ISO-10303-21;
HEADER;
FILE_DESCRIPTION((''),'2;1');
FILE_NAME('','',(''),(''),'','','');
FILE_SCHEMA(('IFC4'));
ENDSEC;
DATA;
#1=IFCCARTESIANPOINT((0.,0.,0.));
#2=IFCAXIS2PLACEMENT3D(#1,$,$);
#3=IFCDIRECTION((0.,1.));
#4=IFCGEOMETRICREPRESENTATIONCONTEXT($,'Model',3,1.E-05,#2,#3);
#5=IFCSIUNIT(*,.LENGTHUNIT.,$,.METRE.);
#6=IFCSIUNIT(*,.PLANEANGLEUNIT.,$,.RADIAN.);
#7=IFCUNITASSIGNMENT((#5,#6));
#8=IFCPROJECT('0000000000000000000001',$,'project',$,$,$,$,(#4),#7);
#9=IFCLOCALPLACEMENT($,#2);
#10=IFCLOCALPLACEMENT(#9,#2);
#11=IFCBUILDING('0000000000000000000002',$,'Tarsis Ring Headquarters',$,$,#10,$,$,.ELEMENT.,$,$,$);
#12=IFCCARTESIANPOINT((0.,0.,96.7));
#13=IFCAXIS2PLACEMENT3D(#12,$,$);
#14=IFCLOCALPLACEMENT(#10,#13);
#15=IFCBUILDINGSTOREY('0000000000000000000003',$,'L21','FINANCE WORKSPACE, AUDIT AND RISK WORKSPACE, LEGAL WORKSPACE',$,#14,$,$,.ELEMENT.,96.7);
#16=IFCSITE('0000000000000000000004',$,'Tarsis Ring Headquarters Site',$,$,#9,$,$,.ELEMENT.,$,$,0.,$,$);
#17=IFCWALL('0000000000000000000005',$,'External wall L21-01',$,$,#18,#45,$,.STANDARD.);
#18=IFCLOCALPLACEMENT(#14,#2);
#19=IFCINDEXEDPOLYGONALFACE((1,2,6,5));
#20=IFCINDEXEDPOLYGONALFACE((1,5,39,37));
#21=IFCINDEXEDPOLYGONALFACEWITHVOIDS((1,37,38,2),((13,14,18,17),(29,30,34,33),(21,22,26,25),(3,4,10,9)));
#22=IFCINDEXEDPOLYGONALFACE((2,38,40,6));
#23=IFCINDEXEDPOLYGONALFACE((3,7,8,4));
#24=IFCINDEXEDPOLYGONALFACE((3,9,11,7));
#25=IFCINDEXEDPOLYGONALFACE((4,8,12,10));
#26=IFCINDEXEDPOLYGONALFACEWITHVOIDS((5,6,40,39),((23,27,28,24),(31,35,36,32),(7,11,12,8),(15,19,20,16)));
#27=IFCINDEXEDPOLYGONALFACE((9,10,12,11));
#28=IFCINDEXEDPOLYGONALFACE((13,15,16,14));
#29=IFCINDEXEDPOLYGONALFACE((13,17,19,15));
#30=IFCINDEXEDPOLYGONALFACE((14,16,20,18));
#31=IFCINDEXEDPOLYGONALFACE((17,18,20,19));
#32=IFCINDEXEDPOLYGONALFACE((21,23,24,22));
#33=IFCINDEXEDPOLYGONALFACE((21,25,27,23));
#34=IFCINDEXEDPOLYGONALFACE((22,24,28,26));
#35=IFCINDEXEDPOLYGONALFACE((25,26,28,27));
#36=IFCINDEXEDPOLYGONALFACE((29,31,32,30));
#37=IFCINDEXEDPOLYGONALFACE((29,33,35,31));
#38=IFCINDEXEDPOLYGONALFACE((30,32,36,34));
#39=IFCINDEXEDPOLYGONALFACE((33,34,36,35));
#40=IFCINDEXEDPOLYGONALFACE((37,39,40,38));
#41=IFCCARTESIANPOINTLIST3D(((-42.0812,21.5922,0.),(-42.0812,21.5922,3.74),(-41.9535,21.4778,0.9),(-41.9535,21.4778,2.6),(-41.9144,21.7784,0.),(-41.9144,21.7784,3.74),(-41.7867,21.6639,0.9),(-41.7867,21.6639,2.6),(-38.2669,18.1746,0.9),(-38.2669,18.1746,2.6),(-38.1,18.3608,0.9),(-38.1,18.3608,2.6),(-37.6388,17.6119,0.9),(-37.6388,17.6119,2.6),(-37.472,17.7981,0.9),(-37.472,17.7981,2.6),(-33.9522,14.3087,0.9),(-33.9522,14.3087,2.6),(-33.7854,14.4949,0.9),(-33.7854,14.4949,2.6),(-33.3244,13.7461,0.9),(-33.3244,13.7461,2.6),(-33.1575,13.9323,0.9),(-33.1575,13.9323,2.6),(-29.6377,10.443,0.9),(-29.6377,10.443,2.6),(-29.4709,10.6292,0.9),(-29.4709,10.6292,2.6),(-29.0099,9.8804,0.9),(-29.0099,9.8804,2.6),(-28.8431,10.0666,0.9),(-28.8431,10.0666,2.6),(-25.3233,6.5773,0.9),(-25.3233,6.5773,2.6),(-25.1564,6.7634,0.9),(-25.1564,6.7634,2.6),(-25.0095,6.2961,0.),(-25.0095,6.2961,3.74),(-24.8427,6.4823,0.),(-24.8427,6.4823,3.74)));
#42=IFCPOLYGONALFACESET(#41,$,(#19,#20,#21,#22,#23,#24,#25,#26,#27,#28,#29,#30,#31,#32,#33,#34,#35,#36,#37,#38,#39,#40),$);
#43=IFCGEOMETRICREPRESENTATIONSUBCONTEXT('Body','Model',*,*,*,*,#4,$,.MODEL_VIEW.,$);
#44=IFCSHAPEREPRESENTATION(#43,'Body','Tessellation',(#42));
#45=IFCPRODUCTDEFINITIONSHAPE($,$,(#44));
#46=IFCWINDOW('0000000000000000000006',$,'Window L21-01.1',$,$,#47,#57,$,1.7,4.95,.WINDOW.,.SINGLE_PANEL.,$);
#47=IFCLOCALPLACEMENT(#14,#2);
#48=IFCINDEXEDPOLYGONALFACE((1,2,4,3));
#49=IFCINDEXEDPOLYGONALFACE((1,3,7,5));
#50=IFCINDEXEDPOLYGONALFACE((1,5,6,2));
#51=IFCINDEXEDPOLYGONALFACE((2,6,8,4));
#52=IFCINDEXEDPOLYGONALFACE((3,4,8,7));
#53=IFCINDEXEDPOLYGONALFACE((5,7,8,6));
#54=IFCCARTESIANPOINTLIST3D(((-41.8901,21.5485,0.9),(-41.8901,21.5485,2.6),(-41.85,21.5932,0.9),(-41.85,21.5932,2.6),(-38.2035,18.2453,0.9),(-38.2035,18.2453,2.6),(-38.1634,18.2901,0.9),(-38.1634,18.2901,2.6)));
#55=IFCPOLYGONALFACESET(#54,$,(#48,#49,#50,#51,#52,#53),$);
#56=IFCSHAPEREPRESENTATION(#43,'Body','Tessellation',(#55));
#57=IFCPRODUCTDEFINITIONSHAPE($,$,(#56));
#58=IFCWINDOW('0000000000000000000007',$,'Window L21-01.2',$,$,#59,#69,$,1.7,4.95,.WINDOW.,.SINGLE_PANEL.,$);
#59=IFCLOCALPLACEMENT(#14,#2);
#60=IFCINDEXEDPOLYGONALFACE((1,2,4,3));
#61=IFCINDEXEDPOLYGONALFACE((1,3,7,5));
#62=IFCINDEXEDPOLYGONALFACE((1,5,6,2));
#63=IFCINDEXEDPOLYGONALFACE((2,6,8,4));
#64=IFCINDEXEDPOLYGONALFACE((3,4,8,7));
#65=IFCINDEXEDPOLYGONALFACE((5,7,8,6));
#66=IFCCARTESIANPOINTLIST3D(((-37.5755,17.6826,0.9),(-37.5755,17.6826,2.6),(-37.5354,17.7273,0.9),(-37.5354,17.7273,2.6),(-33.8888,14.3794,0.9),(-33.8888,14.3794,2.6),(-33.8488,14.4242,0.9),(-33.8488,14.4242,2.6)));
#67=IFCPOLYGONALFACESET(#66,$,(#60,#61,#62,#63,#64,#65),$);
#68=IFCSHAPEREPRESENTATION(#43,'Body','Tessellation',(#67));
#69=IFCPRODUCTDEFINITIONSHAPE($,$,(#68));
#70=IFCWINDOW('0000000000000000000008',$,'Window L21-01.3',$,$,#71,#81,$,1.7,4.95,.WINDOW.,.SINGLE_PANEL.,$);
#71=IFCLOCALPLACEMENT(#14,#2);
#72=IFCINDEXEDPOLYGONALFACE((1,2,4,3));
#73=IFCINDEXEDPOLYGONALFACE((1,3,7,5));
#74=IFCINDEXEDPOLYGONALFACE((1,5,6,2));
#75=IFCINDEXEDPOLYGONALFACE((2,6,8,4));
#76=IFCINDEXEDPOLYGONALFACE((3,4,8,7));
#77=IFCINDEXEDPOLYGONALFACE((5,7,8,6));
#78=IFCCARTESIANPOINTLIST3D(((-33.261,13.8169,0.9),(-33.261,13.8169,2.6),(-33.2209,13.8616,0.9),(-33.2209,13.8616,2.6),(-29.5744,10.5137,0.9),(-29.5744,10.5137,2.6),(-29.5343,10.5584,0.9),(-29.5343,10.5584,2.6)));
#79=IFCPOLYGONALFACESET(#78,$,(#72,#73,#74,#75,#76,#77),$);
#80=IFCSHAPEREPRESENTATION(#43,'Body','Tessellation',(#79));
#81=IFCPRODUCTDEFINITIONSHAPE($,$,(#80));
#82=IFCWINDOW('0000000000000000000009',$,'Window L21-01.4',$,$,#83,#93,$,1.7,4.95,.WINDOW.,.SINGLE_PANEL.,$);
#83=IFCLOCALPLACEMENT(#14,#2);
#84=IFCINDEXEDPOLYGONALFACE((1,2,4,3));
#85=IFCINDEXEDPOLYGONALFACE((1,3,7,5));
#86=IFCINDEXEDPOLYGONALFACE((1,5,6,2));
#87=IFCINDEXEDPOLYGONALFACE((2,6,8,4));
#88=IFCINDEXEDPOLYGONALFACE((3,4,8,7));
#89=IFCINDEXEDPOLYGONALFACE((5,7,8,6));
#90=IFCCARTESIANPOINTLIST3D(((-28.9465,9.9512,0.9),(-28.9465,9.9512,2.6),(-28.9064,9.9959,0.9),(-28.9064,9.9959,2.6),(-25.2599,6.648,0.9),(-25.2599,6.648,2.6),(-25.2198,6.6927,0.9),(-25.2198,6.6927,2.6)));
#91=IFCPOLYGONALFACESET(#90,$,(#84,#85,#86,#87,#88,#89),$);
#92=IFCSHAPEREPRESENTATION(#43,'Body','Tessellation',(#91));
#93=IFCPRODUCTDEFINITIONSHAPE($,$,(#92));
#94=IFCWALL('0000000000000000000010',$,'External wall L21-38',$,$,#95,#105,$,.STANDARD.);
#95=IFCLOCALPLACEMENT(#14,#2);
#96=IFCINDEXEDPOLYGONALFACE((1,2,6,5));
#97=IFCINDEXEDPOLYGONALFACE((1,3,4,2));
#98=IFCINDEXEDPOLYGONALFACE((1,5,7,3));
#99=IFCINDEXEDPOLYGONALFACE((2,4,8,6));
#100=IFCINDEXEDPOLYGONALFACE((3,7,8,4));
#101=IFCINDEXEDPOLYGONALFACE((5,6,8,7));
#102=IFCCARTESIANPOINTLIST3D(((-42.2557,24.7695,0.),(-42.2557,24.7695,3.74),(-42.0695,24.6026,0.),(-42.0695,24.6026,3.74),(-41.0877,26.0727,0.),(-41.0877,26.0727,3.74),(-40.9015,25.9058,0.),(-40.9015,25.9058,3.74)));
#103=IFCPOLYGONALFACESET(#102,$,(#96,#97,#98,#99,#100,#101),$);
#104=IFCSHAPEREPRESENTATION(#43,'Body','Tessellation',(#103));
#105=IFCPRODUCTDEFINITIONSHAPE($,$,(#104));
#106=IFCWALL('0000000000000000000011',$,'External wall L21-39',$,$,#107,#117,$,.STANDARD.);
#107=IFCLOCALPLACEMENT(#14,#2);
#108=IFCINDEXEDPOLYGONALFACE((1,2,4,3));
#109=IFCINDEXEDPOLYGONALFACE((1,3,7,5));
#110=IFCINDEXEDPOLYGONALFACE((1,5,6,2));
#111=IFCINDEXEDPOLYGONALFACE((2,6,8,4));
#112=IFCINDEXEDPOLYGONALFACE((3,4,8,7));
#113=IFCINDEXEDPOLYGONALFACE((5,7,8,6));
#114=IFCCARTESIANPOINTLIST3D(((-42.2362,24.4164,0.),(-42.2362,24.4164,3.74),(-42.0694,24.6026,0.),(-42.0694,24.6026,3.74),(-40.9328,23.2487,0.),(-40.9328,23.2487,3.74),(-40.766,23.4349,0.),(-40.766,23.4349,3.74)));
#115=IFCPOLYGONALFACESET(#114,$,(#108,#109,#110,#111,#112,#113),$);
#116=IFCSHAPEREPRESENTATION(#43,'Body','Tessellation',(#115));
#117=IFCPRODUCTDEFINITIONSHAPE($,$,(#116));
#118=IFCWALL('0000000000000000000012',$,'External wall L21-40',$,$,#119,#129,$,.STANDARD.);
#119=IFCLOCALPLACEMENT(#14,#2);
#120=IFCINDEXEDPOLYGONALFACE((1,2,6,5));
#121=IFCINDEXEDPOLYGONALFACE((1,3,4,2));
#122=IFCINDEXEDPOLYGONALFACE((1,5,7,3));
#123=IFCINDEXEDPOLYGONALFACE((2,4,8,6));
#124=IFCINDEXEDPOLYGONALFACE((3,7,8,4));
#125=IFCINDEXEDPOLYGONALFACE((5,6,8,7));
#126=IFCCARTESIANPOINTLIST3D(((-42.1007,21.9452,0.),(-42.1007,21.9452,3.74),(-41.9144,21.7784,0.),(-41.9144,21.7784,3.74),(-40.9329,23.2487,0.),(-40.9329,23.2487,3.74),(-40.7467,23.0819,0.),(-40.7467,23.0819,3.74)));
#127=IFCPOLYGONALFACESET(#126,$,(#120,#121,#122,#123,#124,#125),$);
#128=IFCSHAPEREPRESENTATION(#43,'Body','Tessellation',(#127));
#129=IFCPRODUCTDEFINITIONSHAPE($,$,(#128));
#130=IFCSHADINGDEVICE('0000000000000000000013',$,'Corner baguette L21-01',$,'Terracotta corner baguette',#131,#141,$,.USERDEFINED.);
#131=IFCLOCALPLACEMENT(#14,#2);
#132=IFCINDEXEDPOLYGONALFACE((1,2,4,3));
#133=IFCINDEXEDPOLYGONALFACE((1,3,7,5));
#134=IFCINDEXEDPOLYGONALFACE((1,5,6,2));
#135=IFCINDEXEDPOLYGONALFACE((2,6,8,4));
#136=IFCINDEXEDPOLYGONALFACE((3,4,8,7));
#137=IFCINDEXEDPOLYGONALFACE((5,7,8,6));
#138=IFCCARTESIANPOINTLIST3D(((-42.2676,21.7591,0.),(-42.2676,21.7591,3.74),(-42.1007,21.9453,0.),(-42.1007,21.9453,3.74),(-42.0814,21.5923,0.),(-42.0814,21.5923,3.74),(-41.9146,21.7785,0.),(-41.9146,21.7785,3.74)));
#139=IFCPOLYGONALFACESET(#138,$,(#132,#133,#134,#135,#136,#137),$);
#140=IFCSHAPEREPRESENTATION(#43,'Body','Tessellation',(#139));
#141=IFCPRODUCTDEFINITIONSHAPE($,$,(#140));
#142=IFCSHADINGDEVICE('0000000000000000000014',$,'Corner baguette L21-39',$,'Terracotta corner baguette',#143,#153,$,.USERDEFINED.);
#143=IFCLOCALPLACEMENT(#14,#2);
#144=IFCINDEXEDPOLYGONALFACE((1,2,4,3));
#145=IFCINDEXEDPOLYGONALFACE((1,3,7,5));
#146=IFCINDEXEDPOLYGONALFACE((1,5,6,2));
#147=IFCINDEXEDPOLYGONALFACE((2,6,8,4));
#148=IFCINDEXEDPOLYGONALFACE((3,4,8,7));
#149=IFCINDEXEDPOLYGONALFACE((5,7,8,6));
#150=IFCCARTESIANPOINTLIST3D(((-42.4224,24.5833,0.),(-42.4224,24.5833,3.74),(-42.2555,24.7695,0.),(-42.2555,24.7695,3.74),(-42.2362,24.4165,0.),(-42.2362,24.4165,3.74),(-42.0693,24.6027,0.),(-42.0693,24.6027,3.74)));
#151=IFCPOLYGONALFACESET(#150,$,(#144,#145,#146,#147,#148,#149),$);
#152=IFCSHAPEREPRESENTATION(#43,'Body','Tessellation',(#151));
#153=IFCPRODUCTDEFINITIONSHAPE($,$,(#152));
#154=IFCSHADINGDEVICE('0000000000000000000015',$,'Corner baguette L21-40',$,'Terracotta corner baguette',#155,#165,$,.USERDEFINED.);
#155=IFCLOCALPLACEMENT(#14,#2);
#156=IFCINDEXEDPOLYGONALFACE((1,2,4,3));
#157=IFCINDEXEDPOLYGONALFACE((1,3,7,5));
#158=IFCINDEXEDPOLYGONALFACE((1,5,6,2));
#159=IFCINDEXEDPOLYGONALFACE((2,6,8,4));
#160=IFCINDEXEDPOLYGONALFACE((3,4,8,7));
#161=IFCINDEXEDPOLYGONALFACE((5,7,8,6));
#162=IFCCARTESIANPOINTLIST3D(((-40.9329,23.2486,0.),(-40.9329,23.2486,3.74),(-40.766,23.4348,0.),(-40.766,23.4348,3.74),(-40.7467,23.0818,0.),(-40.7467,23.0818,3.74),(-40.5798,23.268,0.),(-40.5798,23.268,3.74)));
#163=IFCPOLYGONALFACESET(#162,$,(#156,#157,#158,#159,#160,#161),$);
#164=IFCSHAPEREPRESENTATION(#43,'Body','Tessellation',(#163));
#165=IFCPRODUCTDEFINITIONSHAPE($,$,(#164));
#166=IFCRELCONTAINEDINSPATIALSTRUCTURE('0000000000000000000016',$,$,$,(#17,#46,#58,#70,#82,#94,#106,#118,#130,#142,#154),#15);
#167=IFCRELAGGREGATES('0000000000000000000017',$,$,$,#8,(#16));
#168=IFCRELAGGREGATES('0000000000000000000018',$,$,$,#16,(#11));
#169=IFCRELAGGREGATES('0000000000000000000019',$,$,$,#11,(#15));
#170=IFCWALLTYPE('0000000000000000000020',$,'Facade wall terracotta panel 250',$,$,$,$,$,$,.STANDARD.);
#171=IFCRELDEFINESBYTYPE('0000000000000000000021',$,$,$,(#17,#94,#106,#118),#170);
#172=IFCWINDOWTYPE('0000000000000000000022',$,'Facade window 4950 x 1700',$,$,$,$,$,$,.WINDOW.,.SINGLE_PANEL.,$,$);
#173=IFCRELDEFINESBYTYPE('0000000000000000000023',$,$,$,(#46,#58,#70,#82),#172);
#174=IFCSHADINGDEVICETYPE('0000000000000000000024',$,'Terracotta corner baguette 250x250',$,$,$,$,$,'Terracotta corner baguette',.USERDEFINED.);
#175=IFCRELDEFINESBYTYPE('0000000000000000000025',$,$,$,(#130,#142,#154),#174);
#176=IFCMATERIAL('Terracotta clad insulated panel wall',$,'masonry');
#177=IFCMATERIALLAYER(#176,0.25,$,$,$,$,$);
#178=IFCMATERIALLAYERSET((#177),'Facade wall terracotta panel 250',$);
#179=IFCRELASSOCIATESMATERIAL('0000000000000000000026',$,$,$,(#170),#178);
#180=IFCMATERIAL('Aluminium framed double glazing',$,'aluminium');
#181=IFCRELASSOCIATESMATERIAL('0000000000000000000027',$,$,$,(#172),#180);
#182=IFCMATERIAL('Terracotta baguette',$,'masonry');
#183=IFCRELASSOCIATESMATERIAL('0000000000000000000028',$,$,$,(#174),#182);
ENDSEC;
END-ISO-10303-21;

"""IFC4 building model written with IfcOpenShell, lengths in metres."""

from ifc_helpers import new_model, si_unit, direction, frame, frame_2d, origin, origin_2d, place, context, subcontext, project, spatial, rectangle, extrude, material, layer, layer_set, type_object, element, fill, save


model = new_model("IFC4")

# Units and contexts
model_context = context("Model", 3, precision=1e-05, world=origin(), true_north=direction((0.0, 1.0)))
body_context = subcontext(model_context, "Body", "Model", "MODEL_VIEW")
ifc_project = project(units=[si_unit("LENGTHUNIT", "METRE"), si_unit("PLANEANGLEUNIT", "RADIAN")], contexts=[model_context])

# Site, building, storey
site_placement = place(None, origin())
site = spatial("IfcSite", under=ifc_project, at=site_placement, Name="Tarsis Ring Headquarters Site", CompositionType="ELEMENT", RefElevation=0.0)
building_placement = place(site_placement, origin())
building = spatial("IfcBuilding", under=site, at=building_placement, Name="Tarsis Ring Headquarters", CompositionType="ELEMENT")
storey_placement = place(building_placement, frame((0.0, 0.0, 96.7)))
storey = spatial("IfcBuildingStorey", under=building, at=storey_placement, Name="L21", Description="FINANCE WORKSPACE, AUDIT AND RISK WORKSPACE, LEGAL WORKSPACE", CompositionType="ELEMENT", Elevation=96.7)

# Wall, openings, windows
ifc_material_1 = material(Name="Terracotta clad insulated panel wall", Category="masonry")
ifc_layer_1 = layer(ifc_material_1, 0.25)
ifc_layer_set_1 = layer_set([ifc_layer_1], Name="Facade wall terracotta panel 250")
wall_type_1 = type_object("IfcWallType", Name="Facade wall terracotta panel 250", PredefinedType="STANDARD", material=ifc_layer_set_1)
wall_1_placement = place(storey_placement, frame((-41.9978, 21.6853, 0.0), z_axis=(0.0, 0.0, 1.0), x_axis=(0.744777, -0.667313, 0.0)))
wall_1 = element("IfcWall", 1, at=wall_1_placement, inside=storey, type_object=wall_type_1, Name="External wall L21-01", PredefinedType="STANDARD", context=body_context, shape_type="SweptSolid", body=[
    extrude(rectangle(XDim=22.9219, YDim=0.25, at=frame_2d((11.4609, 0.0))), origin(), (0.0, 0.0, 1.0), 3.74),
])
opening_1_placement = place(wall_1_placement, frame((0.1714, 0.0, 0.8999)))
opening_1 = element("IfcOpeningElement", 2, at=opening_1_placement, cuts=wall_1, PredefinedType="OPENING", context=body_context, shape_type="SweptSolid", body=[
    extrude(rectangle(XDim=4.95, YDim=1.7, at=frame_2d((2.4751, 0.8501))), frame((0.0, 0.135, 0.0), z_axis=(0.0, -1.0, 0.0), x_axis=(1.0, 0.0, 0.0)), (0.0, 0.0, 1.0), 0.27),
])
opening_2_placement = place(wall_1_placement, frame((5.9646, 0.0, 0.8999)))
opening_2 = element("IfcOpeningElement", 3, at=opening_2_placement, cuts=wall_1, PredefinedType="OPENING", context=body_context, shape_type="SweptSolid", body=[
    extrude(rectangle(XDim=4.95, YDim=1.7, at=frame_2d((2.4751, 0.8501))), frame((0.0, 0.135, 0.0), z_axis=(0.0, -1.0, 0.0), x_axis=(1.0, 0.0, 0.0)), (0.0, 0.0, 1.0), 0.27),
])
opening_3_placement = place(wall_1_placement, frame((11.7576, 0.0, 0.8999)))
opening_3 = element("IfcOpeningElement", 4, at=opening_3_placement, cuts=wall_1, PredefinedType="OPENING", context=body_context, shape_type="SweptSolid", body=[
    extrude(rectangle(XDim=4.95, YDim=1.7, at=frame_2d((2.4751, 0.8501))), frame((0.0, 0.135, 0.0), z_axis=(0.0, -1.0, 0.0), x_axis=(1.0, 0.0, 0.0)), (0.0, 0.0, 1.0), 0.27),
])
opening_4_placement = place(wall_1_placement, frame((17.5505, 0.0, 0.8999)))
opening_4 = element("IfcOpeningElement", 5, at=opening_4_placement, cuts=wall_1, PredefinedType="OPENING", context=body_context, shape_type="SweptSolid", body=[
    extrude(rectangle(XDim=4.95, YDim=1.7, at=frame_2d((2.4751, 0.8501))), frame((0.0, 0.135, 0.0), z_axis=(0.0, -1.0, 0.0), x_axis=(1.0, 0.0, 0.0)), (0.0, 0.0, 1.0), 0.27),
])
ifc_material_2 = material(Name="Aluminium framed double glazing", Category="aluminium")
window_type = type_object("IfcWindowType", Name="Facade window 4950 x 1700", PartitioningType="SINGLE_PANEL", PredefinedType="WINDOW", material=ifc_material_2)
window_1_placement = place(opening_1_placement, origin())
window_1 = element("IfcWindow", 6, at=window_1_placement, inside=storey, type_object=window_type, Name="Window L21-01.1", OverallHeight=1.7, OverallWidth=4.95, PartitioningType="SINGLE_PANEL", PredefinedType="WINDOW", context=body_context, shape_type="SweptSolid", body=[
    extrude(rectangle(XDim=4.95, YDim=1.7, at=frame_2d((2.4751, 0.8501))), frame((0.0, 0.03, 0.0), z_axis=(0.0, -1.0, 0.0), x_axis=(1.0, 0.0, 0.0)), (0.0, 0.0, 1.0), 0.0601),
])
fill(opening_1, window_1)
window_2_placement = place(opening_2_placement, origin())
window_2 = element("IfcWindow", 7, at=window_2_placement, inside=storey, type_object=window_type, Name="Window L21-01.2", OverallHeight=1.7, OverallWidth=4.95, PartitioningType="SINGLE_PANEL", PredefinedType="WINDOW", context=body_context, shape_type="SweptSolid", body=[
    extrude(rectangle(XDim=4.95, YDim=1.7, at=frame_2d((2.4751, 0.8501))), frame((0.0, 0.03, 0.0), z_axis=(0.0, -1.0, 0.0), x_axis=(1.0, 0.0, 0.0)), (0.0, 0.0, 1.0), 0.0601),
])
fill(opening_2, window_2)
window_3_placement = place(opening_3_placement, origin())
window_3 = element("IfcWindow", 8, at=window_3_placement, inside=storey, type_object=window_type, Name="Window L21-01.3", OverallHeight=1.7, OverallWidth=4.95, PartitioningType="SINGLE_PANEL", PredefinedType="WINDOW", context=body_context, shape_type="SweptSolid", body=[
    extrude(rectangle(XDim=4.95, YDim=1.7, at=frame_2d((2.4751, 0.8501))), frame((0.0, 0.03, 0.0), z_axis=(0.0, -1.0, 0.0), x_axis=(1.0, 0.0, 0.0)), (0.0, 0.0, 1.0), 0.0601),
])
fill(opening_3, window_3)
window_4_placement = place(opening_4_placement, origin())
window_4 = element("IfcWindow", 9, at=window_4_placement, inside=storey, type_object=window_type, Name="Window L21-01.4", OverallHeight=1.7, OverallWidth=4.95, PartitioningType="SINGLE_PANEL", PredefinedType="WINDOW", context=body_context, shape_type="SweptSolid", body=[
    extrude(rectangle(XDim=4.95, YDim=1.7, at=frame_2d((2.4751, 0.8501))), frame((0.0, 0.03, 0.0), z_axis=(0.0, -1.0, 0.0), x_axis=(1.0, 0.0, 0.0)), (0.0, 0.0, 1.0), 0.0601),
])
fill(opening_4, window_4)

# Walls
for number, where, z_axis, x_axis, name in (
    (10, (-40.9946, 25.9893, 0.0), (0.0, 0.0, 1.0), (-0.667406, -0.744694, 0.0), "External wall L21-38"),
    (11, (-42.1528, 24.5095, 0.0), (0.0, 0.0, 1.0), (0.744825, -0.66726, 0.0), "External wall L21-39"),
    (12, (-40.8398, 23.1653, 0.0), (0.0, 0.0, 1.0), (-0.66726, -0.744825, 0.0), "External wall L21-40"),
):
    element("IfcWall", number, at=place(storey_placement, frame(where, z_axis=z_axis, x_axis=x_axis)), inside=storey, type_object=wall_type_1, Name=name, PredefinedType="STANDARD", context=body_context, shape_type="SweptSolid", body=[
        extrude(rectangle(XDim=1.75, YDim=0.25, at=frame_2d((0.875, 0.0))), origin(), (0.0, 0.0, 1.0), 3.74),
    ])

# Shading devices
ifc_material_3 = material(Name="Terracotta baguette", Category="masonry")
shading_device_type_1 = type_object("IfcShadingDeviceType", Name="Terracotta corner baguette 250x250", ElementType="Terracotta corner baguette", PredefinedType="USERDEFINED", material=ifc_material_3)
for number, where, z_axis, x_axis, name in (
    (13, (-42.0911, 21.7688, 0.0), (0.0, 0.0, 1.0), (-0.667313, -0.744777, 0.0), "Corner baguette L21-01"),
    (14, (-42.2458, 24.593, 0.0), (0.0, 0.0, 1.0), (-0.667312, -0.744778, 0.0), "Corner baguette L21-39"),
    (15, (-40.7563, 23.2583, 0.0), (0.0, 0.0, 1.0), (0.744778, -0.667313, 0.0), "Corner baguette L21-40"),
):
    element("IfcShadingDevice", number, at=place(storey_placement, frame(where, z_axis=z_axis, x_axis=x_axis)), inside=storey, type_object=shading_device_type_1, Name=name, ObjectType="Terracotta corner baguette", PredefinedType="USERDEFINED", context=body_context, shape_type="SweptSolid", body=[
        extrude(rectangle(XDim=0.25, YDim=0.25, at=origin_2d()), origin(), (0.0, 0.0, 1.0), 3.74),
    ])

save(model, "model.ifc")
